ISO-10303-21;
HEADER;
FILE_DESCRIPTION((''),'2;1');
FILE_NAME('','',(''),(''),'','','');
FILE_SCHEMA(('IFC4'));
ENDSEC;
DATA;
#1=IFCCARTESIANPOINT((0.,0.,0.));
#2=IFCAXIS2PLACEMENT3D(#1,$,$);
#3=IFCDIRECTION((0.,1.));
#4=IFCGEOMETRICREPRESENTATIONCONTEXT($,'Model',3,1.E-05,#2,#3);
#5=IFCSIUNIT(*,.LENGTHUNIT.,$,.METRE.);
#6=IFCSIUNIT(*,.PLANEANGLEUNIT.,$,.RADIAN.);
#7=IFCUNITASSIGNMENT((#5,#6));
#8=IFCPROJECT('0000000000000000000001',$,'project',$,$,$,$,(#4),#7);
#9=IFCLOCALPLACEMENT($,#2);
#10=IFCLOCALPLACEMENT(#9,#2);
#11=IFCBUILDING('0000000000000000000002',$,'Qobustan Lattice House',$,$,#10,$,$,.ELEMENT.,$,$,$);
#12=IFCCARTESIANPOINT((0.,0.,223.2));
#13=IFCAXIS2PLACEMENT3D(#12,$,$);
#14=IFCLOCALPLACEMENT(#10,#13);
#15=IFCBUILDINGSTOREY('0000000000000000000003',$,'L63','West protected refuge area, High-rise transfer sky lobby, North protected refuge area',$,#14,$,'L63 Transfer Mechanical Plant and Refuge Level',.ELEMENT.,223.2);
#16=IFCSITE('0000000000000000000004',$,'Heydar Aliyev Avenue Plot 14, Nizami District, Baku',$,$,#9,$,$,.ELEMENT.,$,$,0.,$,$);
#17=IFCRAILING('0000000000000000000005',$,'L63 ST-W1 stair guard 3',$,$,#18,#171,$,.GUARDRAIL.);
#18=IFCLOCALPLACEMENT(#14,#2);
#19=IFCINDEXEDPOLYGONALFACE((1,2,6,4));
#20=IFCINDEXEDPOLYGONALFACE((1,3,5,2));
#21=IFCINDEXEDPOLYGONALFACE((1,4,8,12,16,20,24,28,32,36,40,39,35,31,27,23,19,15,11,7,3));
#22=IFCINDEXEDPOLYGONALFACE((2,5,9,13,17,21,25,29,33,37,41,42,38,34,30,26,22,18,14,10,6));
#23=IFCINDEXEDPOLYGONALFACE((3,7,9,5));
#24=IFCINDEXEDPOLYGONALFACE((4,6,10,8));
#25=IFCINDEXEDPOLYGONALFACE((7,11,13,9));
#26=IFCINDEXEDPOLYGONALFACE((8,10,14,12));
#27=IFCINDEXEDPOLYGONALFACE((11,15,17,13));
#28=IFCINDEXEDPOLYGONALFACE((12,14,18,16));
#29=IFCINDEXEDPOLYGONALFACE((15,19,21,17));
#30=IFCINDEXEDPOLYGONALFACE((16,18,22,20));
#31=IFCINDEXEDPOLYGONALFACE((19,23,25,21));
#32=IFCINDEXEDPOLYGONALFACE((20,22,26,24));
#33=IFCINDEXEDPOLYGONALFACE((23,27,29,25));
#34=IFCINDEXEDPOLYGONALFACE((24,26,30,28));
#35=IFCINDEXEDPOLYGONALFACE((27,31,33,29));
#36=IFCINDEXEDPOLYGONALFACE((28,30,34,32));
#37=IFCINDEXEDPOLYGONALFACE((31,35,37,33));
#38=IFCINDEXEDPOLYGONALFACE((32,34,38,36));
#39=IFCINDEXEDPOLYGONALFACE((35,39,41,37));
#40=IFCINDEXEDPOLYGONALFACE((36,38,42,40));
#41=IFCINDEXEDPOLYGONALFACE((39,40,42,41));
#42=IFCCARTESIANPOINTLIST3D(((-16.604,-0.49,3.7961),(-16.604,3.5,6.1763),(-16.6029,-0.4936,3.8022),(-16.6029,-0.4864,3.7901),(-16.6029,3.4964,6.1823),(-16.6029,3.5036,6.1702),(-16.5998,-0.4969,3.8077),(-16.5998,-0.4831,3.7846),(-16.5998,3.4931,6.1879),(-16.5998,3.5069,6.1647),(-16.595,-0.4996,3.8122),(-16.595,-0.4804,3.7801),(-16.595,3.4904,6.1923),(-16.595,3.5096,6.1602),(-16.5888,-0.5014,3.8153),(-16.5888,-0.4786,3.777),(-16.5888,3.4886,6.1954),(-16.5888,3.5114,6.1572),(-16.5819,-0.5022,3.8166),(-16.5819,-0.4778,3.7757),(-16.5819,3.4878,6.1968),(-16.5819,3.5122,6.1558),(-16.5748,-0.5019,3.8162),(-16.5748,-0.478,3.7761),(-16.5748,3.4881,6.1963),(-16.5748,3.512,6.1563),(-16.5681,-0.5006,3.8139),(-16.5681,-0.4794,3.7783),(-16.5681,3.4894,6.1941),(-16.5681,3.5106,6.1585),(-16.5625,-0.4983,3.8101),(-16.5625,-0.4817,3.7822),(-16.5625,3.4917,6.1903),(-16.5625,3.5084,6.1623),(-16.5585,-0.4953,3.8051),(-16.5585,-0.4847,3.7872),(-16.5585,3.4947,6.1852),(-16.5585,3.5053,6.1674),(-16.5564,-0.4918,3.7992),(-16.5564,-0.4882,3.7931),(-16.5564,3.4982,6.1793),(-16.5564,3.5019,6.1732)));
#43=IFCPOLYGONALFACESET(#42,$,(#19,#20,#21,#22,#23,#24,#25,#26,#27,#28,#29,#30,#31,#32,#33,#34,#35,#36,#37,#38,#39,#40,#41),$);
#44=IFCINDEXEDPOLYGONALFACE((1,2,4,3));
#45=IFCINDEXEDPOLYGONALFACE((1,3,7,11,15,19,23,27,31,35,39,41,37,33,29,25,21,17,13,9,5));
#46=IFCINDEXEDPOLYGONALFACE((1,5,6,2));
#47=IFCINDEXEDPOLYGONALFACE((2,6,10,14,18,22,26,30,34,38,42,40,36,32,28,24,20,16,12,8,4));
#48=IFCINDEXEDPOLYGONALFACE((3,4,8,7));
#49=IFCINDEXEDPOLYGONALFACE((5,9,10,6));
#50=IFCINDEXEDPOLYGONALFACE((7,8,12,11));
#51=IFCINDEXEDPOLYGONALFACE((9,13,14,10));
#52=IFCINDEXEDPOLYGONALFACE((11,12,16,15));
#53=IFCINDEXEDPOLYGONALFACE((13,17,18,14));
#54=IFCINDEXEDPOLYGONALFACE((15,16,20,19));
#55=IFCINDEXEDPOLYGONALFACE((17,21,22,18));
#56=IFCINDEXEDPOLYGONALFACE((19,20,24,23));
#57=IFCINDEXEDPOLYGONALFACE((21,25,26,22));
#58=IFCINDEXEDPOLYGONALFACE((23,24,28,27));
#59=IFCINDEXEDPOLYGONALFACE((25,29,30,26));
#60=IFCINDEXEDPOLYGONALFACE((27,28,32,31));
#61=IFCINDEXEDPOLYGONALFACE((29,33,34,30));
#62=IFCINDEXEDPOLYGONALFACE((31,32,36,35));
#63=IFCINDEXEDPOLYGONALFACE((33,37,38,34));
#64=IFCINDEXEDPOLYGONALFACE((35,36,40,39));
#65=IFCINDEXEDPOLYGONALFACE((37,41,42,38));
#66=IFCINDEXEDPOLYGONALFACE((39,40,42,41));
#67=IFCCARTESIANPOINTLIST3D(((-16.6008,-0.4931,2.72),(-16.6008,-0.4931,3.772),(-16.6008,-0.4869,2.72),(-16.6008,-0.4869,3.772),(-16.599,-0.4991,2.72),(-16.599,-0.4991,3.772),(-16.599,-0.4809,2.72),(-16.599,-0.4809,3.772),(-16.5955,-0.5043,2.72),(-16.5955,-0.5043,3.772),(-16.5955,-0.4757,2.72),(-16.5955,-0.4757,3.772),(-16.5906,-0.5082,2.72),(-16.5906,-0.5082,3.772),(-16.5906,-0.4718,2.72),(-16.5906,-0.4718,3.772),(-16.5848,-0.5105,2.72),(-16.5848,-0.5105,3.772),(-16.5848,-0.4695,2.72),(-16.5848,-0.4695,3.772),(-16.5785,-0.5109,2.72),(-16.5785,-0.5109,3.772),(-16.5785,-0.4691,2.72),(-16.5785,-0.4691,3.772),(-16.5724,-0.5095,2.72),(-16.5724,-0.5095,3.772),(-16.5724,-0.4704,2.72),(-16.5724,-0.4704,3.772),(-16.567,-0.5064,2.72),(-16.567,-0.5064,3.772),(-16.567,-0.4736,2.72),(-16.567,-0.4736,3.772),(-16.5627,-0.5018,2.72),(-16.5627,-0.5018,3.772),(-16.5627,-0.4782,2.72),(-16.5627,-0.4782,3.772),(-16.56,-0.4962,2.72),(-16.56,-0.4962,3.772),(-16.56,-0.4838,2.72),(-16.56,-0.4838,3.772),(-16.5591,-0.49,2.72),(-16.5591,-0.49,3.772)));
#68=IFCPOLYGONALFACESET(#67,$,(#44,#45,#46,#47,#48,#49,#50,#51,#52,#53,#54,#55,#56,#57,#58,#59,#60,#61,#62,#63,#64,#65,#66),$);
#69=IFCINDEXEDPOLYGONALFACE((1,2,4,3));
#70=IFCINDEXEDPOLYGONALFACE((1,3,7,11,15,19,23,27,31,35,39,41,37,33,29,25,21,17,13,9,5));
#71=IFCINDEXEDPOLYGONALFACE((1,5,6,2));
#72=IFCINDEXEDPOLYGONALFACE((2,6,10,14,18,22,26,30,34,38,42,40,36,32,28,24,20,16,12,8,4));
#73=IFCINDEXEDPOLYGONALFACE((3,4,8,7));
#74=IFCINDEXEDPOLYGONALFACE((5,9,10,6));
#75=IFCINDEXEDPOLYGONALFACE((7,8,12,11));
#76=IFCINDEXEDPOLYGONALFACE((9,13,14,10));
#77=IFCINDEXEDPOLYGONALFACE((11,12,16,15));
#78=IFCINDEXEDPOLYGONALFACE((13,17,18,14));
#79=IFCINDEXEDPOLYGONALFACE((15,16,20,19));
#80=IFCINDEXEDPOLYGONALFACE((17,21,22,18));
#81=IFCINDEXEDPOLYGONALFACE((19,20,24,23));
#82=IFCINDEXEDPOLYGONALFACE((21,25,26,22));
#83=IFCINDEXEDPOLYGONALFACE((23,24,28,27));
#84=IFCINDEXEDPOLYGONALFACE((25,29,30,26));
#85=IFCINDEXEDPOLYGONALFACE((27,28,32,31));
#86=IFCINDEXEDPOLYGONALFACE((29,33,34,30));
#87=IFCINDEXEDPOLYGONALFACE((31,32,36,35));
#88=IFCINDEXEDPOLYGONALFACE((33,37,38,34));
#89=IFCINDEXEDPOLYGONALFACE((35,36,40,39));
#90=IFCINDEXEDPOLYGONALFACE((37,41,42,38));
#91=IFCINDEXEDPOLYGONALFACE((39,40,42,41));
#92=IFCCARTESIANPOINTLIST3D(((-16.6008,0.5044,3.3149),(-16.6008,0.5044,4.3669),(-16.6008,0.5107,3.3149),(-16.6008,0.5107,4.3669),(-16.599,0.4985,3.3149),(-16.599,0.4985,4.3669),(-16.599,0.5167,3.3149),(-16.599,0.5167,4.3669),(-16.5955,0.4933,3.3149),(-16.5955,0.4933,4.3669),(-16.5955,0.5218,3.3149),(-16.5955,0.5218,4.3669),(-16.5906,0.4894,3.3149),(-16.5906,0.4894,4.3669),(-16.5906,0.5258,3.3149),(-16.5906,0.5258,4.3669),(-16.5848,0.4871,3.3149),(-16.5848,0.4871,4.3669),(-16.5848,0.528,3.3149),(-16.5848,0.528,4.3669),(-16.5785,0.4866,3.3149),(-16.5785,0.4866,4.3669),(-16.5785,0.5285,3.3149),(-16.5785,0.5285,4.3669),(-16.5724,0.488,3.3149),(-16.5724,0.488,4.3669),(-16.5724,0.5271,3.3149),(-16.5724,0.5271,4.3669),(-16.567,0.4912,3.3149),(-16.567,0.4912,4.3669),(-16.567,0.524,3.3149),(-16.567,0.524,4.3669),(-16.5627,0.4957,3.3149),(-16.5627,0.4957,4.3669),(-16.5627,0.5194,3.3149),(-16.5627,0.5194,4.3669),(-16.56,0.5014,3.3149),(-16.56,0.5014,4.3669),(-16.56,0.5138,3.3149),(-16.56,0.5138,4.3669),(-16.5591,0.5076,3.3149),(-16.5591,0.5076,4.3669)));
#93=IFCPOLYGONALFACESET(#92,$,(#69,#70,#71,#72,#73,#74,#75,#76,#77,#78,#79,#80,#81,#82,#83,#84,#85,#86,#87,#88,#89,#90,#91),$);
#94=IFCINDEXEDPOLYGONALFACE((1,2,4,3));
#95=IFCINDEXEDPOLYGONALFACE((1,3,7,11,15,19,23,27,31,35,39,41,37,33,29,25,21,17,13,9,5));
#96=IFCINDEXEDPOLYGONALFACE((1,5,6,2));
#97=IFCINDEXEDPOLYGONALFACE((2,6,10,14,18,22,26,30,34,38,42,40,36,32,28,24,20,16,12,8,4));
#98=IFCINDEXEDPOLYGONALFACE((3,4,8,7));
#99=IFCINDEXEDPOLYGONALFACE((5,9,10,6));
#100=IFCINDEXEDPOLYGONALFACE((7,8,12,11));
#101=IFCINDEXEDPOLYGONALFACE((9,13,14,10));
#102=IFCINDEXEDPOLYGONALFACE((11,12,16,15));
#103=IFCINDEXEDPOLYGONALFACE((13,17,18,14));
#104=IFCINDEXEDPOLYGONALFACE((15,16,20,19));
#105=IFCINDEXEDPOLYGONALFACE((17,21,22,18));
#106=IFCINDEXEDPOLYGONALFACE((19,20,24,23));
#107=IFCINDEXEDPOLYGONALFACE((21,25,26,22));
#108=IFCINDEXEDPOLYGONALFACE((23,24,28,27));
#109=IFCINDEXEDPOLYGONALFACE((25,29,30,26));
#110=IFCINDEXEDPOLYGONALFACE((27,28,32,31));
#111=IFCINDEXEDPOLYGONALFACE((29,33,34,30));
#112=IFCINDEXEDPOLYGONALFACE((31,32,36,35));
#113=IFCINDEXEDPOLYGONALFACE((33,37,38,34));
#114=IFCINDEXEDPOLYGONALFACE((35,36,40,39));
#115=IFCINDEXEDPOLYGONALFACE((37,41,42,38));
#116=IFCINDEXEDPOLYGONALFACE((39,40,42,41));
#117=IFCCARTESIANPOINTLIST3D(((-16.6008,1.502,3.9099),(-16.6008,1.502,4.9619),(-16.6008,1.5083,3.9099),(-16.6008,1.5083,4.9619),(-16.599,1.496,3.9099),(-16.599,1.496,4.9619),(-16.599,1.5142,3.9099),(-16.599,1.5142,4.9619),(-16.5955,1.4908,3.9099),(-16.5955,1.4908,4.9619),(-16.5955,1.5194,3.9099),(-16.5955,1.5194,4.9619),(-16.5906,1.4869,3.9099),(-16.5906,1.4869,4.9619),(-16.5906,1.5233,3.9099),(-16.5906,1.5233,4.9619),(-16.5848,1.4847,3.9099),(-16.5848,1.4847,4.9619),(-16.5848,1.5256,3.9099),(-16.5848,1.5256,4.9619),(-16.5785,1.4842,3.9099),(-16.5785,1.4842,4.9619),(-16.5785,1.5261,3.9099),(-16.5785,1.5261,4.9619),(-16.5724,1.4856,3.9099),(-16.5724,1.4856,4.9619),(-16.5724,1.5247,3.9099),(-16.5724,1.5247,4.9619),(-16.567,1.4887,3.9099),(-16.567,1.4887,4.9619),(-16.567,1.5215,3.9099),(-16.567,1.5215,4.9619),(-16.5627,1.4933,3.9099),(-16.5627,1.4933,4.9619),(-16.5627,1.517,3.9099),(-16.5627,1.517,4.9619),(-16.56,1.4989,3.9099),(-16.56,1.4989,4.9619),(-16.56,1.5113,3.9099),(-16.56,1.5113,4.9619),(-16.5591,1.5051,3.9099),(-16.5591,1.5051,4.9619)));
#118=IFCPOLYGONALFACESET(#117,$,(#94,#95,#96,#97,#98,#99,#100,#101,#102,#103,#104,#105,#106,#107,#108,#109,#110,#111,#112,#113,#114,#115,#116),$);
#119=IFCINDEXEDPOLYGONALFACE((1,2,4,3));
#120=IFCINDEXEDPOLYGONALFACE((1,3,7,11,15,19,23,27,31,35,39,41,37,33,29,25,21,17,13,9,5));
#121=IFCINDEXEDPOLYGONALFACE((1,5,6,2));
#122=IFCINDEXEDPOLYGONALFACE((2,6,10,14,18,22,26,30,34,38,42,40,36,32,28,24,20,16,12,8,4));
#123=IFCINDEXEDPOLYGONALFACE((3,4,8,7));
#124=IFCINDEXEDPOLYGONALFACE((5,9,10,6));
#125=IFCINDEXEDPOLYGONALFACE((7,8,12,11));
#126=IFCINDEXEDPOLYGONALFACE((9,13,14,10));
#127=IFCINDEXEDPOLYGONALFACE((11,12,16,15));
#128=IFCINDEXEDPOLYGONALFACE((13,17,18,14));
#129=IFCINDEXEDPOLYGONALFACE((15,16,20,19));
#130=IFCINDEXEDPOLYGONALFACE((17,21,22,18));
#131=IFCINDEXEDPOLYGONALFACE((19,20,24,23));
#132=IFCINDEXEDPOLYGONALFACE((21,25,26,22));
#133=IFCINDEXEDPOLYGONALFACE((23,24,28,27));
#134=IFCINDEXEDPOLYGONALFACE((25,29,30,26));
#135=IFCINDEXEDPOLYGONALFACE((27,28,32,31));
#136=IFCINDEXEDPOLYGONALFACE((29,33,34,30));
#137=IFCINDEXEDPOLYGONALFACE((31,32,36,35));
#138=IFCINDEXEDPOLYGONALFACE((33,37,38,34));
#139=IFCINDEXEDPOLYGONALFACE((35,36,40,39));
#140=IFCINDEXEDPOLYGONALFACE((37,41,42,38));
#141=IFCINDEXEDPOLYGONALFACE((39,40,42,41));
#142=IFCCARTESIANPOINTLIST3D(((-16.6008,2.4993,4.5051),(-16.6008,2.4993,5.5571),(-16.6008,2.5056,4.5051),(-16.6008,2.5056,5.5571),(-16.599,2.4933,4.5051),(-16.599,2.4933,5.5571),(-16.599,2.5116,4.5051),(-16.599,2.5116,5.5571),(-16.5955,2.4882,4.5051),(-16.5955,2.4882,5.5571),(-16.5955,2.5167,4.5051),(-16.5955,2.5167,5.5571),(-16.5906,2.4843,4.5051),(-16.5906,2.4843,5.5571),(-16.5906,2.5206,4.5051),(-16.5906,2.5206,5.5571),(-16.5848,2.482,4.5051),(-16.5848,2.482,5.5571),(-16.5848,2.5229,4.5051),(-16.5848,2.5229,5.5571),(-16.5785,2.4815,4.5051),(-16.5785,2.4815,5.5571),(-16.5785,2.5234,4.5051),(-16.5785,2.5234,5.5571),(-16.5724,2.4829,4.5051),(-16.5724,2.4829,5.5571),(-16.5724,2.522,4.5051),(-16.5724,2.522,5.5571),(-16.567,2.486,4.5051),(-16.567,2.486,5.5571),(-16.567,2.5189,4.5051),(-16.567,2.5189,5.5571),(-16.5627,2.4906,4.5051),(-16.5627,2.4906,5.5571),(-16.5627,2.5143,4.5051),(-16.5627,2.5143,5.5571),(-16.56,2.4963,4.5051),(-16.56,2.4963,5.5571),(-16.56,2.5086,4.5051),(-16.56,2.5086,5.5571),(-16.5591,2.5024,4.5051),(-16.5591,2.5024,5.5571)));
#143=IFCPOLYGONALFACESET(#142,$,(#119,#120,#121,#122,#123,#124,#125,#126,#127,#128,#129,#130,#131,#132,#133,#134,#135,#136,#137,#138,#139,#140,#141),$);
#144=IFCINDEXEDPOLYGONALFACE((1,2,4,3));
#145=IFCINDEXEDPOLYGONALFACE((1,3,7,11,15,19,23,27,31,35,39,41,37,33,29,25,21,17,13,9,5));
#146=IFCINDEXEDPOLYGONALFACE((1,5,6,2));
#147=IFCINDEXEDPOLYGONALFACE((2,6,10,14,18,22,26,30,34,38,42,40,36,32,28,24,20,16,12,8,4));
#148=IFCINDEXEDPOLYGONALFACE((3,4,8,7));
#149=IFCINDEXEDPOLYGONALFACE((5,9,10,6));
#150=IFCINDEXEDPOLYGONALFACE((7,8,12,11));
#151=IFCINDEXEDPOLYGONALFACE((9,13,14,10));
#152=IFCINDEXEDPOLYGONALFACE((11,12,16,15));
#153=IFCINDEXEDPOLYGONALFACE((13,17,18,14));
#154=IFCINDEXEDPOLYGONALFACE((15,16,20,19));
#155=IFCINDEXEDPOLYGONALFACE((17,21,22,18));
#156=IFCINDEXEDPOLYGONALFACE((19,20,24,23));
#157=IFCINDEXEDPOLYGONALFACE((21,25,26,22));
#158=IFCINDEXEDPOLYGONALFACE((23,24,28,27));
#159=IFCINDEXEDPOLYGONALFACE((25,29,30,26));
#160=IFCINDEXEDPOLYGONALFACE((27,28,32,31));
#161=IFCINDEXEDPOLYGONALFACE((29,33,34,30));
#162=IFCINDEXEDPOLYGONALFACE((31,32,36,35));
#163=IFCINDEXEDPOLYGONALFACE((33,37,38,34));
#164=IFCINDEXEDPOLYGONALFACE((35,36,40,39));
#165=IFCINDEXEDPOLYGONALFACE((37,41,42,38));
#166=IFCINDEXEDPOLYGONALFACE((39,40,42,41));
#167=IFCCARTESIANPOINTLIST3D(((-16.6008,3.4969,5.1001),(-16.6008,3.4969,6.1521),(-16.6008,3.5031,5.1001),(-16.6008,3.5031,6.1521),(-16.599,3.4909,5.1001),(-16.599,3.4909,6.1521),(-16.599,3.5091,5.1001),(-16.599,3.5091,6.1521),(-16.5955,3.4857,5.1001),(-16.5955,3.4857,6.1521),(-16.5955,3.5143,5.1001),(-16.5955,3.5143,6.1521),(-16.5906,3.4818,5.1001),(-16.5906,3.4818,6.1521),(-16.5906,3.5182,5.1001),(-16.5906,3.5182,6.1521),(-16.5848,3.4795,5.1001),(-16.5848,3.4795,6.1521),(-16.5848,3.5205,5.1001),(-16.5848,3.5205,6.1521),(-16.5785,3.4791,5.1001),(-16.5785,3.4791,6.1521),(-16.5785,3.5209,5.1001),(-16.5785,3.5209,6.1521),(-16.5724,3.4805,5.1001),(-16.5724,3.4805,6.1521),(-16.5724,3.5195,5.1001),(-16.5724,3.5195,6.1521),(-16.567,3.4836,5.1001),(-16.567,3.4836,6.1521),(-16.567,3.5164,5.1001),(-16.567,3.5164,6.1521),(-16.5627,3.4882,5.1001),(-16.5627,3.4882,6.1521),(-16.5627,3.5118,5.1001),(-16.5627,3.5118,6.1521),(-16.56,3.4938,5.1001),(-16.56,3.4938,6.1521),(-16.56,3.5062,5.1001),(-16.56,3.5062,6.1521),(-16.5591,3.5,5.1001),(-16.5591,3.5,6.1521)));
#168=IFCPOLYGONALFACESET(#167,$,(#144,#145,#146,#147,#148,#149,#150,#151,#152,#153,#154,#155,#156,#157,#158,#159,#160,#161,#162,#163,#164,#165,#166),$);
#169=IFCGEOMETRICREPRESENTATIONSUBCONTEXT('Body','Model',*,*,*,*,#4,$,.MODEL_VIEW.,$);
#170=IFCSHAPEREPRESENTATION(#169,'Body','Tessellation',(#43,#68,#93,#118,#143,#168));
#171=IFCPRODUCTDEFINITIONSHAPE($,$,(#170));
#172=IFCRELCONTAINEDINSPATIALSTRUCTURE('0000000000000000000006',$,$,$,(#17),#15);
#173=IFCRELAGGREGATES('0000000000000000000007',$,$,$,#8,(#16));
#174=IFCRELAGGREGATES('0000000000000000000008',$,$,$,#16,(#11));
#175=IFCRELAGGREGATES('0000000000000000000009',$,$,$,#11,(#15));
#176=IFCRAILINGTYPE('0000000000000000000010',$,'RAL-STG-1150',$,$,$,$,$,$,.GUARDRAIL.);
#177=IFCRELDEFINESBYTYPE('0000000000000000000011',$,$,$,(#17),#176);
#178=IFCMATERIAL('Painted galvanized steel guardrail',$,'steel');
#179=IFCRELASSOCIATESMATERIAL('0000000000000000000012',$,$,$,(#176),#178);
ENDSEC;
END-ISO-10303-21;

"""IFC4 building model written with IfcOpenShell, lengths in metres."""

from ifc_helpers import new_model, si_unit, direction, frame, origin, origin_2d, place, context, subcontext, project, spatial, circle, extrude, material, type_object, element, save


model = new_model("IFC4")

# Units and contexts
model_context = context("Model", 3, precision=1e-05, world=origin(), true_north=direction((0.0, 1.0)))
body_context = subcontext(model_context, "Body", "Model", "MODEL_VIEW")
ifc_project = project(units=[si_unit("LENGTHUNIT", "METRE"), si_unit("PLANEANGLEUNIT", "RADIAN")], contexts=[model_context])

# Site, building, storey
site_placement = place(None, origin())
site = spatial("IfcSite", under=ifc_project, at=site_placement, Name="Heydar Aliyev Avenue Plot 14, Nizami District, Baku", CompositionType="ELEMENT", RefElevation=0.0)
building_placement = place(site_placement, origin())
building = spatial("IfcBuilding", under=site, at=building_placement, Name="Qobustan Lattice House", CompositionType="ELEMENT")
storey_placement = place(building_placement, frame((0.0, 0.0, 223.2)))
storey = spatial("IfcBuildingStorey", under=building, at=storey_placement, Name="L63", Description="West protected refuge area, High-rise transfer sky lobby, North protected refuge area", LongName="L63 Transfer Mechanical Plant and Refuge Level", CompositionType="ELEMENT", Elevation=223.2)

# Railing
ifc_material_1 = material(Name="Painted galvanized steel guardrail", Category="steel")
railing_type_1 = type_object("IfcRailingType", Name="RAL-STG-1150", PredefinedType="GUARDRAIL", material=ifc_material_1)
railing_1_placement = place(storey_placement, frame((-16.5801, -0.49, 2.72)))
element("IfcRailing", 1, at=railing_1_placement, inside=storey, type_object=railing_type_1, Name="L63 ST-W1 stair guard 3", PredefinedType="GUARDRAIL", context=body_context, shape_type="SweptSolid", body=[
    extrude(circle(Radius=0.0239, at=origin_2d()), frame((0.0, 0.0, 1.0762), z_axis=(0.0, 0.858807, 0.512299), x_axis=(-1.0, 0.0, 0.0)), (0.0, 0.0, 1.0), 4.646),
    extrude(circle(Radius=0.021, at=origin_2d()), origin(), (0.0, 0.0, 1.0), 1.052),
    extrude(circle(Radius=0.021, at=origin_2d()), frame((0.0, 0.9976, 0.595)), (0.0, 0.0, 1.0), 1.052),
    extrude(circle(Radius=0.021, at=origin_2d()), frame((0.0, 1.9951, 1.1899)), (0.0, 0.0, 1.0), 1.052),
    extrude(circle(Radius=0.021, at=origin_2d()), frame((0.0, 2.9924, 1.7852)), (0.0, 0.0, 1.0), 1.052),
    extrude(circle(Radius=0.021, at=origin_2d()), frame((0.0, 3.99, 2.3801)), (0.0, 0.0, 1.0), 1.052),
])

save(model, "model.ifc")
